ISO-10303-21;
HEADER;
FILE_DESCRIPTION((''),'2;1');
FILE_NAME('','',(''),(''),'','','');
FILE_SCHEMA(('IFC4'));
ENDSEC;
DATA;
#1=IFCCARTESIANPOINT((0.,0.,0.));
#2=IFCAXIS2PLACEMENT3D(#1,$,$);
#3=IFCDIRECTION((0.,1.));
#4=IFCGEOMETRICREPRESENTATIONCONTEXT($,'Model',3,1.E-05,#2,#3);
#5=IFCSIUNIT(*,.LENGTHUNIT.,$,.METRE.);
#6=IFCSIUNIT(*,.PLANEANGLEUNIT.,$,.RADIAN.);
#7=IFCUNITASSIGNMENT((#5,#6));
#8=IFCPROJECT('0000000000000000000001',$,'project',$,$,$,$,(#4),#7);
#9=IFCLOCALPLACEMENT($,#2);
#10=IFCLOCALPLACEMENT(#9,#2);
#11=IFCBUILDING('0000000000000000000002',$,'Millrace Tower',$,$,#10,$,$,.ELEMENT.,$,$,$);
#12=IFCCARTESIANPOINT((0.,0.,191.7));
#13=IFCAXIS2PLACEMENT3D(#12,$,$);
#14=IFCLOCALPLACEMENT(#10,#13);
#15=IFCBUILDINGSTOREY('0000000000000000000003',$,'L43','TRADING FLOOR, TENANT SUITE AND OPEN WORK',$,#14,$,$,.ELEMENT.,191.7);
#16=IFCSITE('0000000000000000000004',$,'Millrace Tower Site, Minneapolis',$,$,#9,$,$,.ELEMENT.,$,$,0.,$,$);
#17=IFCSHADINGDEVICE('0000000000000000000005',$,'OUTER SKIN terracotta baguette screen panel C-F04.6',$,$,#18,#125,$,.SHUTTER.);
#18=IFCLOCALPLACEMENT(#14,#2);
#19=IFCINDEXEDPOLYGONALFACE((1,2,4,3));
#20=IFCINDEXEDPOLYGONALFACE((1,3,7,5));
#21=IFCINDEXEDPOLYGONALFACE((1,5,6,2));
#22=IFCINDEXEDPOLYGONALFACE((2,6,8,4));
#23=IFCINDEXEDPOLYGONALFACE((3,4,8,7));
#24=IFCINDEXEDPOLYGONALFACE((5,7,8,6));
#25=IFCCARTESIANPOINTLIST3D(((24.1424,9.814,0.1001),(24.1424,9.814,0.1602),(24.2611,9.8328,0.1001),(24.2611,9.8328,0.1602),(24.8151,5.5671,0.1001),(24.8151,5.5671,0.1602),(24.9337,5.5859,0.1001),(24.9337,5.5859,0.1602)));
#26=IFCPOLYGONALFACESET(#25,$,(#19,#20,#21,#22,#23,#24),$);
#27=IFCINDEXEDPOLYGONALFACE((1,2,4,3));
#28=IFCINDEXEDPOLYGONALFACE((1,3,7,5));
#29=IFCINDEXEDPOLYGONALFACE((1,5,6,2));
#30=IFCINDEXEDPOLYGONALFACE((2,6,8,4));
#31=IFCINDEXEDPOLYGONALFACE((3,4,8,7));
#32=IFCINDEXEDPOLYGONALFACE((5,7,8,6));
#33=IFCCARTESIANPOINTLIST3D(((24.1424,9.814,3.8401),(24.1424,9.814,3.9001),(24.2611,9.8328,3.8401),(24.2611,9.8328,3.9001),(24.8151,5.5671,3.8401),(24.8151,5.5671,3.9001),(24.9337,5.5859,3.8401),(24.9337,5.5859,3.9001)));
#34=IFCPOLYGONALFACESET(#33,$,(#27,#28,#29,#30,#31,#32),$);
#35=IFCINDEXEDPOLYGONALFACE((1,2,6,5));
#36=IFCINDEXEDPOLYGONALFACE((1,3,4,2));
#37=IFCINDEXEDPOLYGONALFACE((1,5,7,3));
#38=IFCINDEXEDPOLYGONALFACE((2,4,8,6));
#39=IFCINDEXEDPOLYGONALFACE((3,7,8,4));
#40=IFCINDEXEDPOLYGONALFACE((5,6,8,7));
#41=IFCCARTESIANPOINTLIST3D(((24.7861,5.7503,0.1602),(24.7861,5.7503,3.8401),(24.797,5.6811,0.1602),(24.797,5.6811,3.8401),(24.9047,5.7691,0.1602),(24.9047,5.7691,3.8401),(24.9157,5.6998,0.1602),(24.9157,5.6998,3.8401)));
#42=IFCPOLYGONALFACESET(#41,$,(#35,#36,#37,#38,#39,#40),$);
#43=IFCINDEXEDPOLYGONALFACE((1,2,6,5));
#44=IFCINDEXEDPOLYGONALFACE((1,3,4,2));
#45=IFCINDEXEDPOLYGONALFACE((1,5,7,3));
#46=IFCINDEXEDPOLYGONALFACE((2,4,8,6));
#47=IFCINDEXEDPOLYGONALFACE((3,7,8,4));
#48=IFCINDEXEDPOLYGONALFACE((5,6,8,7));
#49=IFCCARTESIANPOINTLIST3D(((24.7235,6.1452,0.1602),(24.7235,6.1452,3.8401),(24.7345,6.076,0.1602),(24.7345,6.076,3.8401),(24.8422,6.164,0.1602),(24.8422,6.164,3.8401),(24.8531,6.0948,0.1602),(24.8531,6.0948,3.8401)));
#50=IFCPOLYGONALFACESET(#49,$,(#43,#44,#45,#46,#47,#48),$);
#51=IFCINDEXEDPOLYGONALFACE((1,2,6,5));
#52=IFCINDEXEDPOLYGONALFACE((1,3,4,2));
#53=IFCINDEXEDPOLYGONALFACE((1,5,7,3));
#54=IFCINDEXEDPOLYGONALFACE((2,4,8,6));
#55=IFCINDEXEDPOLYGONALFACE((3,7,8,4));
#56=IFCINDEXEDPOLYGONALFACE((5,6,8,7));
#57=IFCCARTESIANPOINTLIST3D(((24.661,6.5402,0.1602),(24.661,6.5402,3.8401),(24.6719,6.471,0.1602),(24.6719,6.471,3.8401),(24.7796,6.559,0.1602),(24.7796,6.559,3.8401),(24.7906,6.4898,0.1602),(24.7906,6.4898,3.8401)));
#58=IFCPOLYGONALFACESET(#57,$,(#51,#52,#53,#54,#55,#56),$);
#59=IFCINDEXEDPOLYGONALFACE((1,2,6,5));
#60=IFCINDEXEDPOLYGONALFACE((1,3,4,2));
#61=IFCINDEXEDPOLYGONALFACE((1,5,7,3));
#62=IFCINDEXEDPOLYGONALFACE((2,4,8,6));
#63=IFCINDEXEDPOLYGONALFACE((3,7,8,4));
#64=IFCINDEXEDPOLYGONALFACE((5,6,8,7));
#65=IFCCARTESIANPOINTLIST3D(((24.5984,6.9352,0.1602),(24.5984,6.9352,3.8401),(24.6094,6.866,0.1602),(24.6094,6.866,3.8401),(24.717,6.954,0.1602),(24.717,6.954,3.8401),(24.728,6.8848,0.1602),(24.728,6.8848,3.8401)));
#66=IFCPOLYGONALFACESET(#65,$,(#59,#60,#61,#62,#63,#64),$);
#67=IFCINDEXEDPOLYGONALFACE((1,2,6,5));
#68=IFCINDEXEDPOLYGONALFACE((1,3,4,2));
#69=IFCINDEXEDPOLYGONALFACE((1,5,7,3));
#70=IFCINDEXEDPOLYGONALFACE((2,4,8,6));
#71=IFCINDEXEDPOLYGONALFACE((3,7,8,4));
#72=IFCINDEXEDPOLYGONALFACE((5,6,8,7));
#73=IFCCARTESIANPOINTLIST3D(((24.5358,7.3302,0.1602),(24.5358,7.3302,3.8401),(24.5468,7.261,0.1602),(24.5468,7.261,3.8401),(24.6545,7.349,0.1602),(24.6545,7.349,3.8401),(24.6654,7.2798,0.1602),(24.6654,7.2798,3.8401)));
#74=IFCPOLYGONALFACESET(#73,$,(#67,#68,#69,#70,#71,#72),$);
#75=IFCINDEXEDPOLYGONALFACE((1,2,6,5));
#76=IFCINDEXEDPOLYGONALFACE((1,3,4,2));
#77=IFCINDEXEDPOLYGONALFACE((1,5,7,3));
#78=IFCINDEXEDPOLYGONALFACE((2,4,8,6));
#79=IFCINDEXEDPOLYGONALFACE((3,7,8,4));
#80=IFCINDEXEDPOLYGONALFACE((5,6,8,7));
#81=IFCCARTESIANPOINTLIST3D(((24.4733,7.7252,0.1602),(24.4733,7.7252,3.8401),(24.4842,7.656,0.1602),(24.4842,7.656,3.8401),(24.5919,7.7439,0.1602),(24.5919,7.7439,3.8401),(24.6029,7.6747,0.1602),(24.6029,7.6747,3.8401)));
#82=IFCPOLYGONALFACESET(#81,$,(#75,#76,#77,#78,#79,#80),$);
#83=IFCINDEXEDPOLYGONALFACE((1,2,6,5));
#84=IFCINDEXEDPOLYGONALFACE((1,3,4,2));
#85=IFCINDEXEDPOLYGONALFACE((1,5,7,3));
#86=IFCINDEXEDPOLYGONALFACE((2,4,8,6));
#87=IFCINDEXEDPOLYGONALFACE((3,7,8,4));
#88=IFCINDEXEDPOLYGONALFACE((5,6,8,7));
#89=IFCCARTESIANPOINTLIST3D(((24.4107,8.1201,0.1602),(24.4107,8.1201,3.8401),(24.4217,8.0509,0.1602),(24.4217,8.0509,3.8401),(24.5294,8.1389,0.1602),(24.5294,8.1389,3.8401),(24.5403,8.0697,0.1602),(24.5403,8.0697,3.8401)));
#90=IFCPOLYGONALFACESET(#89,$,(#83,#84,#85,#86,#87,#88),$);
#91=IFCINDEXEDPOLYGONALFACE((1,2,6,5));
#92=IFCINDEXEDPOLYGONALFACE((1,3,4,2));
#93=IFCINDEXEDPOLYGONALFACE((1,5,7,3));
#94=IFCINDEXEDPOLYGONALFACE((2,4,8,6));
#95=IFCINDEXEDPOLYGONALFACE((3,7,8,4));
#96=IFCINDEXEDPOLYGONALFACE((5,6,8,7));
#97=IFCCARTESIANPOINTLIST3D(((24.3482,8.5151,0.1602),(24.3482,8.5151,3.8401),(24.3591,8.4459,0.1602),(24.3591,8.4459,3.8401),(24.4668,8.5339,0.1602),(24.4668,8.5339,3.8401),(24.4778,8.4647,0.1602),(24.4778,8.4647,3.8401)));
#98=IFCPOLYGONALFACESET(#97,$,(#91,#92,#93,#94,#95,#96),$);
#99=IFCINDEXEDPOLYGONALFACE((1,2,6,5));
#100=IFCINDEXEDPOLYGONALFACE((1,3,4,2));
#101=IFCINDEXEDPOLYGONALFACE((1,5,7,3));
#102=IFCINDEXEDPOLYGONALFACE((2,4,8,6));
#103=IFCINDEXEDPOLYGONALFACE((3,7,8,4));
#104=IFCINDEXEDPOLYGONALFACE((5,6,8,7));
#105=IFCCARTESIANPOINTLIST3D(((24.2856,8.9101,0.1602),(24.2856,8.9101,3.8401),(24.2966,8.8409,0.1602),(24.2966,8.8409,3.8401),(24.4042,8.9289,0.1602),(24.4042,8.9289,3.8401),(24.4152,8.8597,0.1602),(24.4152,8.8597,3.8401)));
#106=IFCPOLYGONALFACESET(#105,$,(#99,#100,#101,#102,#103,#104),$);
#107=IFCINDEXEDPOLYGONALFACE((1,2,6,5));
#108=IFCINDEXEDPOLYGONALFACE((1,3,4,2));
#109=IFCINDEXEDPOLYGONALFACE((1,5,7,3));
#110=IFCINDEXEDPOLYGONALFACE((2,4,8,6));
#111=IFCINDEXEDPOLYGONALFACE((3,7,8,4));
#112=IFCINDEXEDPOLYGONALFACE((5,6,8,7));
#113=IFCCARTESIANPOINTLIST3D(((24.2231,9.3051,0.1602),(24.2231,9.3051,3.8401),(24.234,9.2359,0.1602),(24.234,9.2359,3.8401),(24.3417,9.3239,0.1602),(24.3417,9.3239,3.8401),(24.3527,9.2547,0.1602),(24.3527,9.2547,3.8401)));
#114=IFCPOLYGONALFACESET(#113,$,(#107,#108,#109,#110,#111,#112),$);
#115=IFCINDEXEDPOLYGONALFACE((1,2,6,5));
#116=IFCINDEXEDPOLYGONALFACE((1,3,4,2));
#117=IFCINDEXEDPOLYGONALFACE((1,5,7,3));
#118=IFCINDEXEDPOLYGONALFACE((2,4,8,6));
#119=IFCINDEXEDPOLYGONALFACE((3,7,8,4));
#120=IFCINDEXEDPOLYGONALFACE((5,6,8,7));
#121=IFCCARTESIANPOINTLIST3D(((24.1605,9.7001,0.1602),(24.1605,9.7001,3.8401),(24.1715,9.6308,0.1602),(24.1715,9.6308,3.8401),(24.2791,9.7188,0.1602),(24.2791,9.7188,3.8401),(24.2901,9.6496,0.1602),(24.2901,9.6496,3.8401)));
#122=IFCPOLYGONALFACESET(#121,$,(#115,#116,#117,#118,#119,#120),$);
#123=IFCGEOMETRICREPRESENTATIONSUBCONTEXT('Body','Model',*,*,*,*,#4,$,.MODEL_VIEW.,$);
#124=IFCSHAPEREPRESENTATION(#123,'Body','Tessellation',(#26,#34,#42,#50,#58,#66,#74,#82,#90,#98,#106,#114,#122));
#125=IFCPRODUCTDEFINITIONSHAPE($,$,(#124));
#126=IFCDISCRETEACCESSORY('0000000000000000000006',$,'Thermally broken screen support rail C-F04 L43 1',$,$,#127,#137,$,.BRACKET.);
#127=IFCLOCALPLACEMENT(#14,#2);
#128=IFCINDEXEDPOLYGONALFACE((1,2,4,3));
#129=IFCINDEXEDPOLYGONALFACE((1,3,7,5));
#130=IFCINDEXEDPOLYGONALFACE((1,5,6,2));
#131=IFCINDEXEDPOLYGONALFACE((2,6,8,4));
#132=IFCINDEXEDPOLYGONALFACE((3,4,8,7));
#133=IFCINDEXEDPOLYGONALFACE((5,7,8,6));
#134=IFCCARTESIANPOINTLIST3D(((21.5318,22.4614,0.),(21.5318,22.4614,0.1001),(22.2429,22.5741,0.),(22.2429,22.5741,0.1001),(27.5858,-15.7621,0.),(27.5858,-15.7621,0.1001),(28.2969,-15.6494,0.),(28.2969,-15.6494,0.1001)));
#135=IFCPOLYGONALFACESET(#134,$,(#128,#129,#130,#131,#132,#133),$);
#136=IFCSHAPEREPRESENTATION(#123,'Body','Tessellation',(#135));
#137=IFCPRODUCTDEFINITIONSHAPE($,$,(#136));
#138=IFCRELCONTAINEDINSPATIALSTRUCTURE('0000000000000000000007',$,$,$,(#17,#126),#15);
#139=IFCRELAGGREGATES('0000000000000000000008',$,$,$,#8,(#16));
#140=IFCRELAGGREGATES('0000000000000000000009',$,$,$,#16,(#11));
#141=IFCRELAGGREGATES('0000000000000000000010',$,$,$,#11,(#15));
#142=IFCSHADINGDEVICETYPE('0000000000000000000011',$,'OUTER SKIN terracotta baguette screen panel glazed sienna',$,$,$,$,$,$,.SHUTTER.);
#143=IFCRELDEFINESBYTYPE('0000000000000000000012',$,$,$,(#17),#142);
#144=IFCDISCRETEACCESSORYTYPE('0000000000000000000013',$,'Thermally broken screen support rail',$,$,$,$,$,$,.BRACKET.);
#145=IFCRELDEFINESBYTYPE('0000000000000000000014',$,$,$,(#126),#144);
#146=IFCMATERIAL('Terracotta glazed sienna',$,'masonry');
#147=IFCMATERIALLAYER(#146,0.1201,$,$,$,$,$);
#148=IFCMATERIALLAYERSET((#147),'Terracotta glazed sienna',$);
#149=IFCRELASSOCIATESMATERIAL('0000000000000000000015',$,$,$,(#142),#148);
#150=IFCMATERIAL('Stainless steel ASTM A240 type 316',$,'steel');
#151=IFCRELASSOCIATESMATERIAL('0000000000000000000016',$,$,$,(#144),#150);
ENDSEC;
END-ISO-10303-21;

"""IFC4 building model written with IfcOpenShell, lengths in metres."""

from ifc_helpers import new_model, entity, si_unit, direction, frame, frame_2d, origin, origin_2d, place, context, subcontext, project, spatial, rectangle, extrude, source, transform, mapped, material, layer, layer_set, type_object, element, save


model = new_model("IFC4")

# Units and contexts
model_context = context("Model", 3, precision=1e-05, world=origin(), true_north=direction((0.0, 1.0)))
body_context = subcontext(model_context, "Body", "Model", "MODEL_VIEW")
ifc_project = project(units=[si_unit("LENGTHUNIT", "METRE"), si_unit("PLANEANGLEUNIT", "RADIAN")], contexts=[model_context])

# Site, building, storey
site_placement = place(None, origin())
site = spatial("IfcSite", under=ifc_project, at=site_placement, Name="Millrace Tower Site, Minneapolis", CompositionType="ELEMENT", RefElevation=0.0)
building_placement = place(site_placement, origin())
building = spatial("IfcBuilding", under=site, at=building_placement, Name="Millrace Tower", CompositionType="ELEMENT")
storey_placement = place(building_placement, frame((0.0, 0.0, 191.7)))
storey = spatial("IfcBuildingStorey", under=building, at=storey_placement, Name="L43", Description="TRADING FLOOR, TENANT SUITE AND OPEN WORK", CompositionType="ELEMENT", Elevation=191.7)

# Shading device
ifc_material_1 = material(Name="Terracotta glazed sienna", Category="masonry")
ifc_layer_1 = layer(ifc_material_1, 0.1201)
ifc_layer_set_1 = layer_set([ifc_layer_1], Name="Terracotta glazed sienna")
shading_device_type = type_object("IfcShadingDeviceType", Name="OUTER SKIN terracotta baguette screen panel glazed sienna", PredefinedType="SHUTTER", material=ifc_layer_set_1)
cartesian_point = entity("IfcCartesianPoint", [-2.1499, 0.0601])
shared_polyline = entity("IfcPolyline", [cartesian_point, entity("IfcCartesianPoint", [2.1499, 0.0601]), entity("IfcCartesianPoint", [2.1499, -0.0601]), entity("IfcCartesianPoint", [-2.1499, -0.0601]), cartesian_point])
shared_shape = source(origin(), body_context, "Body", "SweptSolid", [
    entity("IfcExtrudedAreaSolid", entity("IfcArbitraryClosedProfileDef", "AREA", None, shared_polyline), entity("IfcAxis2Placement3D", entity("IfcCartesianPoint", [0.0, 0.0, 0.0])), entity("IfcDirection", [0.0, 0.0, 1.0]), 0.0601),
    entity("IfcExtrudedAreaSolid", entity("IfcArbitraryClosedProfileDef", "AREA", None, shared_polyline), entity("IfcAxis2Placement3D", entity("IfcCartesianPoint", [0.0, 0.0, 3.74])), entity("IfcDirection", [0.0, 0.0, 1.0]), 0.0601),
    extrude(rectangle(XDim=0.0701, YDim=0.1201, at=frame_2d((-1.9995, 0.0))), frame((0.0, 0.0, 0.0601)), (0.0, 0.0, 1.0), 3.6799),
    extrude(rectangle(XDim=0.0701, YDim=0.1201, at=frame_2d((-1.5996, 0.0))), frame((0.0, 0.0, 0.0601)), (0.0, 0.0, 1.0), 3.6799),
    extrude(rectangle(XDim=0.0701, YDim=0.1201, at=frame_2d((-1.1997, 0.0))), frame((0.0, 0.0, 0.0601)), (0.0, 0.0, 1.0), 3.6799),
    extrude(rectangle(XDim=0.0701, YDim=0.1201, at=frame_2d((-0.7998, 0.0))), frame((0.0, 0.0, 0.0601)), (0.0, 0.0, 1.0), 3.6799),
    extrude(rectangle(XDim=0.0701, YDim=0.1201, at=frame_2d((-0.3999, 0.0))), frame((0.0, 0.0, 0.0601)), (0.0, 0.0, 1.0), 3.6799),
    extrude(rectangle(XDim=0.0701, YDim=0.1201, at=origin_2d()), frame((0.0, 0.0, 0.0601)), (0.0, 0.0, 1.0), 3.6799),
    extrude(rectangle(XDim=0.0701, YDim=0.1201, at=frame_2d((0.3999, 0.0))), frame((0.0, 0.0, 0.0601)), (0.0, 0.0, 1.0), 3.6799),
    extrude(rectangle(XDim=0.0701, YDim=0.1201, at=frame_2d((0.7998, 0.0))), frame((0.0, 0.0, 0.0601)), (0.0, 0.0, 1.0), 3.6799),
    extrude(rectangle(XDim=0.0701, YDim=0.1201, at=frame_2d((1.1997, 0.0))), frame((0.0, 0.0, 0.0601)), (0.0, 0.0, 1.0), 3.6799),
    extrude(rectangle(XDim=0.0701, YDim=0.1201, at=frame_2d((1.5996, 0.0))), frame((0.0, 0.0, 0.0601)), (0.0, 0.0, 1.0), 3.6799),
    extrude(rectangle(XDim=0.0701, YDim=0.1201, at=frame_2d((1.9995, 0.0))), frame((0.0, 0.0, 0.0601)), (0.0, 0.0, 1.0), 3.6799),
])
for number, where, z_axis, x_axis, name in (
    (1, (24.5381, 7.7, 0.1001), (0.0, 0.0, 1.0), (-0.156434, 0.987688, 0.0), "OUTER SKIN terracotta baguette screen panel C-F04.6"),
):
    element("IfcShadingDevice", number, at=place(storey_placement, frame(where, z_axis=z_axis, x_axis=x_axis)), inside=storey, type_object=shading_device_type, Name=name, PredefinedType="SHUTTER", context=body_context, shape_type="MappedRepresentation", body=[
        mapped(shared_shape, transform((0.0, 0.0, 0.0), scale=1.0)),
    ])

# Discrete accessory
ifc_material_2 = material(Name="Stainless steel ASTM A240 type 316", Category="steel")
discrete_accessory_type = type_object("IfcDiscreteAccessoryType", Name="Thermally broken screen support rail", PredefinedType="BRACKET", material=ifc_material_2)
discrete_accessory_placement = place(storey_placement, frame((24.9143, 3.406, 0.0), z_axis=(0.0, 0.0, 1.0), x_axis=(-0.156434, 0.987688, 0.0)))
element("IfcDiscreteAccessory", 2, at=discrete_accessory_placement, inside=storey, type_object=discrete_accessory_type, Name="Thermally broken screen support rail C-F04 L43 1", PredefinedType="BRACKET", context=body_context, shape_type="SweptSolid", body=[
    extrude(rectangle(XDim=38.7, YDim=0.72, at=origin_2d()), origin(), (0.0, 0.0, 1.0), 0.1001),
])

save(model, "model.ifc")
